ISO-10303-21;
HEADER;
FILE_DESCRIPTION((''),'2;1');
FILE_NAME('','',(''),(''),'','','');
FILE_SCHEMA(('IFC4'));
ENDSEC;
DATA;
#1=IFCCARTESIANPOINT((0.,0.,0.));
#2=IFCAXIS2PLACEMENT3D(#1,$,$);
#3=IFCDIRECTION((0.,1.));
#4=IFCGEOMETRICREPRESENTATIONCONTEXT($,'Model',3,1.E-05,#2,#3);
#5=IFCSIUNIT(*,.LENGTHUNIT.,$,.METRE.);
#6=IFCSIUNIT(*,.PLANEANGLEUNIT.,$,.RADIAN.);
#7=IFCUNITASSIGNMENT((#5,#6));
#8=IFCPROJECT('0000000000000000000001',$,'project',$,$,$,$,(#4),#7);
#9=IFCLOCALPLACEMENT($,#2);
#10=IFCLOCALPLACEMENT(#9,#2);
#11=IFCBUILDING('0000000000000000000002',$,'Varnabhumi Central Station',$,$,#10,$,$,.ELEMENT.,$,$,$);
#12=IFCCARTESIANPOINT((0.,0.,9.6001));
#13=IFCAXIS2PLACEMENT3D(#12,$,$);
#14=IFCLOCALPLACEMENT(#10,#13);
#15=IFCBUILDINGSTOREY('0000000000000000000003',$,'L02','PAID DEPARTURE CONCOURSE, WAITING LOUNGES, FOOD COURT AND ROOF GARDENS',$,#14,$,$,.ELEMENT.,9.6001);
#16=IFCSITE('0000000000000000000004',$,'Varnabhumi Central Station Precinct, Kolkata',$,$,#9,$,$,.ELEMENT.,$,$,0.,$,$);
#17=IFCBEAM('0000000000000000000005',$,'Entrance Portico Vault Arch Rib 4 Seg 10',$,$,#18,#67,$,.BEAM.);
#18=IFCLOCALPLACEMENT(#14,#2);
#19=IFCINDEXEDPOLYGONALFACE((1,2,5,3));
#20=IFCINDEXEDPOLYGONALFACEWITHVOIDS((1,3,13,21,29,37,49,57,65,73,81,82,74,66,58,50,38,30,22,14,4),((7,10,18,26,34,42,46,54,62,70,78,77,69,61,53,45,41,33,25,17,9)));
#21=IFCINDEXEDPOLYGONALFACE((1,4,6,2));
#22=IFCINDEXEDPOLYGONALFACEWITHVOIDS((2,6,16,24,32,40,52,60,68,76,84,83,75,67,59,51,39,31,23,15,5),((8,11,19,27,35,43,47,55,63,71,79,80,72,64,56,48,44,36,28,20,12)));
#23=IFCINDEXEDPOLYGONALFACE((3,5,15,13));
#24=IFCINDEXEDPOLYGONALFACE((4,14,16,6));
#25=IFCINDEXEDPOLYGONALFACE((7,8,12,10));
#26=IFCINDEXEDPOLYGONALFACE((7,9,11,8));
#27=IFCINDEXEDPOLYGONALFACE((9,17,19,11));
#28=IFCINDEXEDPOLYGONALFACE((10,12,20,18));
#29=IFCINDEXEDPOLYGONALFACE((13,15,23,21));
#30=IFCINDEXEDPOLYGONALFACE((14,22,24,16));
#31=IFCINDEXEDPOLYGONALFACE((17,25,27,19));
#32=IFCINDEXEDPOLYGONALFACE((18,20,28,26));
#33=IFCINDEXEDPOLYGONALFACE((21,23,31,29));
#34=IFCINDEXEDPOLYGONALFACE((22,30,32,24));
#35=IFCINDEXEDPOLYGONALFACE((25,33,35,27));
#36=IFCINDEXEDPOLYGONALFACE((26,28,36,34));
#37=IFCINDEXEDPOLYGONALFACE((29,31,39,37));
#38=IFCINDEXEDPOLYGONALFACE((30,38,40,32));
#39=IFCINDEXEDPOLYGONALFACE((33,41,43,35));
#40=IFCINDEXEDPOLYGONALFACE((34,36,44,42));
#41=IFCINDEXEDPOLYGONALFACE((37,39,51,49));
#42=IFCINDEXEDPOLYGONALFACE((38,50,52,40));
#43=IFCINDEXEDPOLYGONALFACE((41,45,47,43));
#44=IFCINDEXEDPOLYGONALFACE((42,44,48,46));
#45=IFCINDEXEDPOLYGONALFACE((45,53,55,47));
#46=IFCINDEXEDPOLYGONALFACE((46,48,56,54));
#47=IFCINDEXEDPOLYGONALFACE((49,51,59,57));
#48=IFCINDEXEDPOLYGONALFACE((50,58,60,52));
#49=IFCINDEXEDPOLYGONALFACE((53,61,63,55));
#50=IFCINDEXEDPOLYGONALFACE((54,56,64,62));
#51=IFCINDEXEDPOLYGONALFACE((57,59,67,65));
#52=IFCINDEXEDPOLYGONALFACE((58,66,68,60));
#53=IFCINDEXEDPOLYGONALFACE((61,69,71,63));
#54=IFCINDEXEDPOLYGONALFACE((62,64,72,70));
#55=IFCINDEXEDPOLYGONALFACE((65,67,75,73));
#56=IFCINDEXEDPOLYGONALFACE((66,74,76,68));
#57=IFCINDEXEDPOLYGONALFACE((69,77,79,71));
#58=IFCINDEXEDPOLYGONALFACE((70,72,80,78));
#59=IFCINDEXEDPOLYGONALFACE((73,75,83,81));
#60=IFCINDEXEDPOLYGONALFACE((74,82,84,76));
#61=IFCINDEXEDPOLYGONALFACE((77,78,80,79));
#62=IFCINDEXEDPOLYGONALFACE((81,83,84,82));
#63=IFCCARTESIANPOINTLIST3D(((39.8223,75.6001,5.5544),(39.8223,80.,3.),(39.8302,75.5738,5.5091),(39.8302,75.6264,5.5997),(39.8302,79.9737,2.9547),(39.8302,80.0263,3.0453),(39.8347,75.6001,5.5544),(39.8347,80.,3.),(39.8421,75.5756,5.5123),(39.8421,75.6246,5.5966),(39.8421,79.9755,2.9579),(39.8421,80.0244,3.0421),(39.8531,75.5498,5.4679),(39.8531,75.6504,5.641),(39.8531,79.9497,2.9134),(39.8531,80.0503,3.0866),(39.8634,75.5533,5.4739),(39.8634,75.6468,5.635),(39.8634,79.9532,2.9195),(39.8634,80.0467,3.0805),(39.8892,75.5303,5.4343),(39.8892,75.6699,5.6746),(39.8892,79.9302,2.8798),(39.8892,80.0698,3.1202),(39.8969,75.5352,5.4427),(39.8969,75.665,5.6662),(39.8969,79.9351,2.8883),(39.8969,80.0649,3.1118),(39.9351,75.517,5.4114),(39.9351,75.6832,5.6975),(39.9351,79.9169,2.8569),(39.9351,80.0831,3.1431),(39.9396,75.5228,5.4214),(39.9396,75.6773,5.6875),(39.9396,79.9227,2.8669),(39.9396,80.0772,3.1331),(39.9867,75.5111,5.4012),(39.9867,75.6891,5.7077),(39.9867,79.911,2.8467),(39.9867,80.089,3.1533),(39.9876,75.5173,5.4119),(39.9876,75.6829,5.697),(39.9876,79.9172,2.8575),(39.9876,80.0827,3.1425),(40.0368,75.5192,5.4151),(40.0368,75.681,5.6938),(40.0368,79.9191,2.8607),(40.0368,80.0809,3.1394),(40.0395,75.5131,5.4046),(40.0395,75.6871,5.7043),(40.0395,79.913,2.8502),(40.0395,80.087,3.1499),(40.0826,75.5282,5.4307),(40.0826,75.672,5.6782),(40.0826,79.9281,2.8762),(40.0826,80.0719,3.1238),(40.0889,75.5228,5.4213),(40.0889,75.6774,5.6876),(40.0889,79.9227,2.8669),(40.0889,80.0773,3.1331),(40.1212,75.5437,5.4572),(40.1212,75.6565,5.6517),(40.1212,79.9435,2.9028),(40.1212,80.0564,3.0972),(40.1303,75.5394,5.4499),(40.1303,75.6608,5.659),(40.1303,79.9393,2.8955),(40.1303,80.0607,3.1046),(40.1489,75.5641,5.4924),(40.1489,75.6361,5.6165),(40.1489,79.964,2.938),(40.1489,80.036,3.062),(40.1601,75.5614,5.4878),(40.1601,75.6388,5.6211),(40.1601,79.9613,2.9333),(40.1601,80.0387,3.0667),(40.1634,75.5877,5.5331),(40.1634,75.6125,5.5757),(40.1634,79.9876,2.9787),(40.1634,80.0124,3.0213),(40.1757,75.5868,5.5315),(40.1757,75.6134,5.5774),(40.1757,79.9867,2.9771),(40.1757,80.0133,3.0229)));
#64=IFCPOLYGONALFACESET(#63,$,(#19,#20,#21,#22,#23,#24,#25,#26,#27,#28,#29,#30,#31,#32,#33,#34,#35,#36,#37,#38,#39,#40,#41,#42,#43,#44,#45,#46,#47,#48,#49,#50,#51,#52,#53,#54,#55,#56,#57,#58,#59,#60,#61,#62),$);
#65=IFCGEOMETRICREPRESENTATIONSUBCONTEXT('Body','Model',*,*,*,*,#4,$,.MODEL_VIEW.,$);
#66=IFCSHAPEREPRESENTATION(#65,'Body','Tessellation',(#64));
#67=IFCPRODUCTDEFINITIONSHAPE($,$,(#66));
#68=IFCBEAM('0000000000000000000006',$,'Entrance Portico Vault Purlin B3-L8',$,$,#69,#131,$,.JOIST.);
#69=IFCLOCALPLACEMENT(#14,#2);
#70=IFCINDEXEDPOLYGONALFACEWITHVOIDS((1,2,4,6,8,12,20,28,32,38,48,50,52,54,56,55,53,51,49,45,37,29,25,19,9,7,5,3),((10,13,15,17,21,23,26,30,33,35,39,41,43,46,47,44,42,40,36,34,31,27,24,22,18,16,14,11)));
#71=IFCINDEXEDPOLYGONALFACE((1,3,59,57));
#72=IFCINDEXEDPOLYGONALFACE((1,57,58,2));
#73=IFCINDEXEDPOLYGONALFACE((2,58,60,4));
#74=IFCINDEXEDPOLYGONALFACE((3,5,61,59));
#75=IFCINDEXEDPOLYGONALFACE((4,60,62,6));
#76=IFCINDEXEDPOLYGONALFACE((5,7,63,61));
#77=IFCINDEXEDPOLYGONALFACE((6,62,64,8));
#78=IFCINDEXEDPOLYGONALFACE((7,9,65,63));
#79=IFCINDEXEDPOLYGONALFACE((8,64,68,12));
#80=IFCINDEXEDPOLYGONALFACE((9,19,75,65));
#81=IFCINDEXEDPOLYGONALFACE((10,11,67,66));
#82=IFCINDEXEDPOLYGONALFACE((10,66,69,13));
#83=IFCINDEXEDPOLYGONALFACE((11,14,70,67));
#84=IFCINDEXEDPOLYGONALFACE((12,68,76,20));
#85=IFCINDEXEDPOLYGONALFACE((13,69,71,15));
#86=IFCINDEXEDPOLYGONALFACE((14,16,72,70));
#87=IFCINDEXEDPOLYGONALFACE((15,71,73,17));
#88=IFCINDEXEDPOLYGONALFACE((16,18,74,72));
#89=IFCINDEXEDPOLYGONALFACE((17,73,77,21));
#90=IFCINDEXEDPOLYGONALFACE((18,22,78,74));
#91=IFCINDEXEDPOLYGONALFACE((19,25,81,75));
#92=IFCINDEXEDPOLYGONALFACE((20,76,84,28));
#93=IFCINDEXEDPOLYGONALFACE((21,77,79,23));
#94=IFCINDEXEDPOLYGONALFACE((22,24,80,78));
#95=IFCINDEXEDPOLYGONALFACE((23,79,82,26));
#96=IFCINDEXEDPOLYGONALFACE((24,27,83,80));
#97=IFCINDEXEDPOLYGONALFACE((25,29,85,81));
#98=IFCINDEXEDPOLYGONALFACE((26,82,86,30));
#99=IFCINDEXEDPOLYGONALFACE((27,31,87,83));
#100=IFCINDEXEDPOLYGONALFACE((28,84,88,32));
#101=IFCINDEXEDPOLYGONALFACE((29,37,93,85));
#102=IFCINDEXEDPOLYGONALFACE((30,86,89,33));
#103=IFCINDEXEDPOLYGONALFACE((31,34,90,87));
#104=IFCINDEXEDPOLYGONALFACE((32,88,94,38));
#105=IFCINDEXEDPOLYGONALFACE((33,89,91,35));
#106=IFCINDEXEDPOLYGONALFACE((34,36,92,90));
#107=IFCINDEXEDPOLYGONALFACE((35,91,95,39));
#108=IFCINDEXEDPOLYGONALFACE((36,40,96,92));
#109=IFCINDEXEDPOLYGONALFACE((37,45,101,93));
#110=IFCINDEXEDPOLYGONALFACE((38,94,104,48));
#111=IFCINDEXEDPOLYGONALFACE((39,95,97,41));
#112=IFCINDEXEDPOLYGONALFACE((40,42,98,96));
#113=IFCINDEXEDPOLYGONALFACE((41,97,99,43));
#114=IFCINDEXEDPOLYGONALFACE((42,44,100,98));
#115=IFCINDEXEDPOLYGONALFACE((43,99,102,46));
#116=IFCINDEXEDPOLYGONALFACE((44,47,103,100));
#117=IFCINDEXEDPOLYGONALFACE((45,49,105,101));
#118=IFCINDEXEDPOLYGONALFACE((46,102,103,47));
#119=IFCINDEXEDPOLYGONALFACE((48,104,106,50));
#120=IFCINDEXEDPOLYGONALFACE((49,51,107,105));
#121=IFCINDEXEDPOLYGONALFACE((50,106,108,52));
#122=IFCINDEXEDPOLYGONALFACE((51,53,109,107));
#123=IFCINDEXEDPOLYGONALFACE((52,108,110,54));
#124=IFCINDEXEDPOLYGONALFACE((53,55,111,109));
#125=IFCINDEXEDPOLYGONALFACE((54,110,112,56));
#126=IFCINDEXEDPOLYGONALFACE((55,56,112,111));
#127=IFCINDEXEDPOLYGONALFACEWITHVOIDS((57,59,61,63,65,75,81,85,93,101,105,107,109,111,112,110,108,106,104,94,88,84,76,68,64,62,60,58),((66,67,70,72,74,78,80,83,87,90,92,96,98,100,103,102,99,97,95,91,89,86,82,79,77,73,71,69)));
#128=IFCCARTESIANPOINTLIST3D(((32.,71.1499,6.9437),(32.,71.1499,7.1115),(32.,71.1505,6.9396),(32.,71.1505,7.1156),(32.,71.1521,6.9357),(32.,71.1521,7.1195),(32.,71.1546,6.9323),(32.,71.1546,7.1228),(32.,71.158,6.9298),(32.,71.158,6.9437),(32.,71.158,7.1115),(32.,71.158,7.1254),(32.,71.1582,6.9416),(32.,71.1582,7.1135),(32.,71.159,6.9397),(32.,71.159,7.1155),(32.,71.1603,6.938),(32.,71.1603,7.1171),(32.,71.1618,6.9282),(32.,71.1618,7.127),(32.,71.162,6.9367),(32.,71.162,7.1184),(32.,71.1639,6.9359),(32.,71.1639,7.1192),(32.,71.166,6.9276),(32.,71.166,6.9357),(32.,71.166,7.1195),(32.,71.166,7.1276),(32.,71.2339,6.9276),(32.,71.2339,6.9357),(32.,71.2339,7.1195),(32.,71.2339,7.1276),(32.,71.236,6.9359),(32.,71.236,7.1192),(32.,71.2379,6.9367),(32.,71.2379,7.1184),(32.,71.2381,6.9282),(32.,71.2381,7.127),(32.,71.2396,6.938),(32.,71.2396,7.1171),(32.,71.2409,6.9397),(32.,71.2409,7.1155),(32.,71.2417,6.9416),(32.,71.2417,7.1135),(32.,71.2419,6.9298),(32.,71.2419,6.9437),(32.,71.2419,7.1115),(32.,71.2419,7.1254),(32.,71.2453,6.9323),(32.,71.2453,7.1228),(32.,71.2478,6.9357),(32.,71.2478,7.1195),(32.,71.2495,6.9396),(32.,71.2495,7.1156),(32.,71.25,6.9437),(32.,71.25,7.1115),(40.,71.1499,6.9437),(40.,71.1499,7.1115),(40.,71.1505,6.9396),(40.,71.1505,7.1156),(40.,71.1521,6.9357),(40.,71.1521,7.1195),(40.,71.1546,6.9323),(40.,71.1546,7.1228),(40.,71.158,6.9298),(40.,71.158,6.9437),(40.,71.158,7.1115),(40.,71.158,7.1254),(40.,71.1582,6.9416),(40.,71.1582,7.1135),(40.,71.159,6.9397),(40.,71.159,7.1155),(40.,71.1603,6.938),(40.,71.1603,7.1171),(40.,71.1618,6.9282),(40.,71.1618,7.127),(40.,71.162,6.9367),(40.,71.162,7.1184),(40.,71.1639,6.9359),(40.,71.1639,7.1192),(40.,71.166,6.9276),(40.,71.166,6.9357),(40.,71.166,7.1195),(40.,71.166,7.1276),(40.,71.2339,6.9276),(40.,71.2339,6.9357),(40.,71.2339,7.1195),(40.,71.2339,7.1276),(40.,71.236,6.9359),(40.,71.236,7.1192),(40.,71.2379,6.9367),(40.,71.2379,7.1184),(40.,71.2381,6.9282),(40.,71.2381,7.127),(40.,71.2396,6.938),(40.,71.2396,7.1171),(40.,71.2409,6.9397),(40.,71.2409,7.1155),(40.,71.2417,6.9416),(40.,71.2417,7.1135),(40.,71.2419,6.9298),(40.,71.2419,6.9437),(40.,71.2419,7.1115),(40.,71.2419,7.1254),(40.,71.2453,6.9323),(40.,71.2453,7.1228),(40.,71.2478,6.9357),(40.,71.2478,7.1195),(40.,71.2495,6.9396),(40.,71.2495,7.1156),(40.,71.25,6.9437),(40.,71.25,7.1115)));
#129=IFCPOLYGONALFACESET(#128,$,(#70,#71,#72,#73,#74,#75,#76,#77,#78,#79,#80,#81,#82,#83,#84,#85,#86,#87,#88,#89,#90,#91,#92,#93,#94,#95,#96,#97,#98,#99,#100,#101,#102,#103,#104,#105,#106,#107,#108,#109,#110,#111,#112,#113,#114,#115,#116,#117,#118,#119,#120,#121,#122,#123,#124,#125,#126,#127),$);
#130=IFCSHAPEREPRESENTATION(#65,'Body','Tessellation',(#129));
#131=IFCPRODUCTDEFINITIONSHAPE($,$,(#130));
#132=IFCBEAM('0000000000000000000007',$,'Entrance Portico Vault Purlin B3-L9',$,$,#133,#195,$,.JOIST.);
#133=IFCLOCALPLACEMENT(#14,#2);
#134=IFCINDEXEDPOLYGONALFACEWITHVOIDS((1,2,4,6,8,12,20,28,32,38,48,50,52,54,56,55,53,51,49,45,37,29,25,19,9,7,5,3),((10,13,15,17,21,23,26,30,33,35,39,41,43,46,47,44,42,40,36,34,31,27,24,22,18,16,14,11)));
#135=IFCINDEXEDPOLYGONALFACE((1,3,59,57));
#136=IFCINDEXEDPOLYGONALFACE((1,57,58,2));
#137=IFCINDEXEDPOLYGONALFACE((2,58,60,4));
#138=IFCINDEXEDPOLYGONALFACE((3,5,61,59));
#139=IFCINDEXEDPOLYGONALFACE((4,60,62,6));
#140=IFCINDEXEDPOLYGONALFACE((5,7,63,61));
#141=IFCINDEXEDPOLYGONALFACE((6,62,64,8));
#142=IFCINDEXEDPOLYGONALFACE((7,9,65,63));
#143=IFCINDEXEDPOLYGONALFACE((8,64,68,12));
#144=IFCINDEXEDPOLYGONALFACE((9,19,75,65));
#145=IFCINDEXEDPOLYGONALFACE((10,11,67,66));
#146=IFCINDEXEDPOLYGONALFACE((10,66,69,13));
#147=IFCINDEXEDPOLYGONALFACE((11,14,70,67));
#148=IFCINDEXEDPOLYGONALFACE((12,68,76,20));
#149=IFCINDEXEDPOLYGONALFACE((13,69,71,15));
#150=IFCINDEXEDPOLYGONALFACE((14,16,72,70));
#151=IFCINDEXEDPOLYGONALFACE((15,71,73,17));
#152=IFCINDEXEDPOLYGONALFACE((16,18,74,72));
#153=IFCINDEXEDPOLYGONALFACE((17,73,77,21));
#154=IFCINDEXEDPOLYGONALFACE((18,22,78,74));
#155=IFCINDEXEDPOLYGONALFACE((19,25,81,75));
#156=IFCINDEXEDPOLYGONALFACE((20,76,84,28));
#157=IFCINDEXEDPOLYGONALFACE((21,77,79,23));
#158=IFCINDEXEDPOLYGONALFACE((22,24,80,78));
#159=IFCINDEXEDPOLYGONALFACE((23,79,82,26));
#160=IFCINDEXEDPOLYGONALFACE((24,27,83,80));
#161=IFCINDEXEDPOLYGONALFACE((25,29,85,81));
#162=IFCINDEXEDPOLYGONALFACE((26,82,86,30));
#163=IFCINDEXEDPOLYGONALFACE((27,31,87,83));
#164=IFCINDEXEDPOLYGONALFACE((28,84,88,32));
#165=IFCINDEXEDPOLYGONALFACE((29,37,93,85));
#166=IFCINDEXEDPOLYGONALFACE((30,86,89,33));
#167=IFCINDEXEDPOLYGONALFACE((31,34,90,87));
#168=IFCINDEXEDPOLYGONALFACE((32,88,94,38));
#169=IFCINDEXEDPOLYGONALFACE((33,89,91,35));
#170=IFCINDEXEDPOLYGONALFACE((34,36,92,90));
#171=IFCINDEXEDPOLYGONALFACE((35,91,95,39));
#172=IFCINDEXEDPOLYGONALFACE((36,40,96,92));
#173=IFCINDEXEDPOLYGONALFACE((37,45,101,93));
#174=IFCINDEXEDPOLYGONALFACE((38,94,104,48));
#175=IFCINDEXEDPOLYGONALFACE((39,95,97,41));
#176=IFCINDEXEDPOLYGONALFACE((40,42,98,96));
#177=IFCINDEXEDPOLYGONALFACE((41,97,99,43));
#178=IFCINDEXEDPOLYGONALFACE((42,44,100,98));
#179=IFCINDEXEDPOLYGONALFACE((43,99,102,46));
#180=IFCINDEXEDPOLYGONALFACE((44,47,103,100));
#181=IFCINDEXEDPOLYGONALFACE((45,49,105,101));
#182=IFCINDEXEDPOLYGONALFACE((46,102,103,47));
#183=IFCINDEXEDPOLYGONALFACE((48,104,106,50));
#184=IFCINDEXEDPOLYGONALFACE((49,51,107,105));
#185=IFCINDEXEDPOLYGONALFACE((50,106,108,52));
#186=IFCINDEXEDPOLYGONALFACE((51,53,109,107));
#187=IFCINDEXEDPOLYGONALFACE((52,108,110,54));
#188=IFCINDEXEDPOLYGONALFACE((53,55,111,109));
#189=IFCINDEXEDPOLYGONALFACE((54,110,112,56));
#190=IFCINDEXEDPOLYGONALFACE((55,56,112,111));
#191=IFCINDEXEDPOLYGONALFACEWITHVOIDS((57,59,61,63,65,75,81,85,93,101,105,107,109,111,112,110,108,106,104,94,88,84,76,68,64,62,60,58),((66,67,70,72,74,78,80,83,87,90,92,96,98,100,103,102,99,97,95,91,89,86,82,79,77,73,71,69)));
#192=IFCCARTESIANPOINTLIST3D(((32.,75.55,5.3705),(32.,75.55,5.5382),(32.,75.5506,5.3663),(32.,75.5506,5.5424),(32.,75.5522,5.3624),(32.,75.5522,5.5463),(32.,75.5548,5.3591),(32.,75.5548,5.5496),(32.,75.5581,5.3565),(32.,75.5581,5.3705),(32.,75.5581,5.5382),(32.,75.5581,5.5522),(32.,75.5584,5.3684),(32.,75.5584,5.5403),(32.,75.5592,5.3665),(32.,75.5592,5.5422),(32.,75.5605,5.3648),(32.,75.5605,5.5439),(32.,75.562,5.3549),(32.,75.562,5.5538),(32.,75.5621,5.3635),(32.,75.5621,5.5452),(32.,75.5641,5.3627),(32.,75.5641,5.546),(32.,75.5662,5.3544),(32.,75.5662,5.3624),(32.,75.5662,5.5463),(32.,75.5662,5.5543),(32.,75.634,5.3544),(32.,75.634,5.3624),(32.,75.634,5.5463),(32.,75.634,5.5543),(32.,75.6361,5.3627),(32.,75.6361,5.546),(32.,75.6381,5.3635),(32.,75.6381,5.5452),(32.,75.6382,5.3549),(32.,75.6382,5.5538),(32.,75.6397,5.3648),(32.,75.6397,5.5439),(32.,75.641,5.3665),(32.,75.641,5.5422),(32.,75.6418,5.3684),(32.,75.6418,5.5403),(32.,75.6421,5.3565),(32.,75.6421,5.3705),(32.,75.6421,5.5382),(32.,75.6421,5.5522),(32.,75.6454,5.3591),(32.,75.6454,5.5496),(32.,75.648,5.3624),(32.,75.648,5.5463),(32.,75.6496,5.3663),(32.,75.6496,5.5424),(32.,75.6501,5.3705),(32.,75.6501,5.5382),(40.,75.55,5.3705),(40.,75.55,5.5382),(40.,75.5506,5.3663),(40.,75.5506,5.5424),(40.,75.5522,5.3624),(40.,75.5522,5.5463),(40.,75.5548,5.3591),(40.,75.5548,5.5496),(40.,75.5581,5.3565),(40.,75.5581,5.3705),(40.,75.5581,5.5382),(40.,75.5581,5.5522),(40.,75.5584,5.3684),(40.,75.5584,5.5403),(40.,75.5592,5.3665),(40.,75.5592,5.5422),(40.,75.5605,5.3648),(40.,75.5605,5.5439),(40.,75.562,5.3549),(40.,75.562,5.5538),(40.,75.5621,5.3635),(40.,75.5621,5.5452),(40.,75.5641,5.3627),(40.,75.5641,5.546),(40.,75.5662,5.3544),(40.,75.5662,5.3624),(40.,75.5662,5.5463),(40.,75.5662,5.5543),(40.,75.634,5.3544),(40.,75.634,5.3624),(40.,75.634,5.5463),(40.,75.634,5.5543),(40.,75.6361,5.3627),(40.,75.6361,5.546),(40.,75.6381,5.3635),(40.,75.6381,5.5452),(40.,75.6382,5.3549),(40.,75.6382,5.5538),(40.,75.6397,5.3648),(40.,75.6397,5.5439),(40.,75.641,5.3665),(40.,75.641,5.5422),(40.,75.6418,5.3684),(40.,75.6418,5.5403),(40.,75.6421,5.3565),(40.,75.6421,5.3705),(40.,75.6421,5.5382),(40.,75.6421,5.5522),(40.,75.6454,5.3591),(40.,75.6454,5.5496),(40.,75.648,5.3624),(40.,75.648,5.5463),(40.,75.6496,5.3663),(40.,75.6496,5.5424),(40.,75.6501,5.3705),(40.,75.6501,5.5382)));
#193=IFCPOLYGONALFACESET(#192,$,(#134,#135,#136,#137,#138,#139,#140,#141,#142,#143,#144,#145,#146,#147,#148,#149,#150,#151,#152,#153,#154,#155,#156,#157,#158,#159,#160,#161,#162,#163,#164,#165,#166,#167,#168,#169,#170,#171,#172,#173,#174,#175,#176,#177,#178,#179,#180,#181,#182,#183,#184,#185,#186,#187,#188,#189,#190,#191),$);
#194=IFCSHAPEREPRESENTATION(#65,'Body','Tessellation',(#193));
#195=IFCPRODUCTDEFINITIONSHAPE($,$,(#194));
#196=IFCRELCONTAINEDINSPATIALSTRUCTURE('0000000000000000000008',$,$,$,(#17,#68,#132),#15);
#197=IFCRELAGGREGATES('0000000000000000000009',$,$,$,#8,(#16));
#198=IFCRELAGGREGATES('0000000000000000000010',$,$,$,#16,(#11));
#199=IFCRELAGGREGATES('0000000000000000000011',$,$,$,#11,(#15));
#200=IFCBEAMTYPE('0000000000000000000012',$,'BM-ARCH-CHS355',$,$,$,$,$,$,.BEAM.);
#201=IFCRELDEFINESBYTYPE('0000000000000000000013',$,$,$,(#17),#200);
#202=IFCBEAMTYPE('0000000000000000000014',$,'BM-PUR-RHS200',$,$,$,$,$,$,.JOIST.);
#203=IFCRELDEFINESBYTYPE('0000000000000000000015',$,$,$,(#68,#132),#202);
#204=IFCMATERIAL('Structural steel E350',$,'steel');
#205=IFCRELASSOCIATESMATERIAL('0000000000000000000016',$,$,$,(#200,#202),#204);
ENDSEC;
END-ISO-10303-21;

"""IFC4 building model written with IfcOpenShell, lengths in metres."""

from ifc_helpers import new_model, si_unit, direction, frame, origin, origin_2d, place, context, subcontext, project, spatial, hollow_rectangle, hollow_circle, extrude, material, material_profile, profile_set, type_object, element, save


model = new_model("IFC4")

# Units and contexts
model_context = context("Model", 3, precision=1e-05, world=origin(), true_north=direction((0.0, 1.0)))
body_context = subcontext(model_context, "Body", "Model", "MODEL_VIEW")
ifc_project = project(units=[si_unit("LENGTHUNIT", "METRE"), si_unit("PLANEANGLEUNIT", "RADIAN")], contexts=[model_context])

# Site, building, storey
site_placement = place(None, origin())
site = spatial("IfcSite", under=ifc_project, at=site_placement, Name="Varnabhumi Central Station Precinct, Kolkata", CompositionType="ELEMENT", RefElevation=0.0)
building_placement = place(site_placement, origin())
building = spatial("IfcBuilding", under=site, at=building_placement, Name="Varnabhumi Central Station", CompositionType="ELEMENT")
storey_placement = place(building_placement, frame((0.0, 0.0, 9.6001)))
storey = spatial("IfcBuildingStorey", under=building, at=storey_placement, Name="L02", Description="PAID DEPARTURE CONCOURSE, WAITING LOUNGES, FOOD COURT AND ROOF GARDENS", CompositionType="ELEMENT", Elevation=9.6001)

# Beams
ifc_material_1 = material(Name="Structural steel E350", Category="steel")
ifc_material_profile_1 = material_profile(ifc_material_1, hollow_circle(Radius=0.1777, WallThickness=0.0125, at=origin_2d()), Name="Structural steel E350", Category="steel")
ifc_profile_set_1 = profile_set([ifc_material_profile_1], Name="Structural steel E350")
beam_type_1 = type_object("IfcBeamType", Name="BM-ARCH-CHS355", PredefinedType="BEAM", material=ifc_profile_set_1)
beam_1_placement = place(storey_placement, frame((40.0, 75.6001, 5.5544), z_axis=(0.0, 0.864818, -0.502086), x_axis=(-1.0, 0.0, 0.0)))
element("IfcBeam", 1, at=beam_1_placement, inside=storey, type_object=beam_type_1, Name="Entrance Portico Vault Arch Rib 4 Seg 10", PredefinedType="BEAM", context=body_context, shape_type="SweptSolid", body=[
    extrude(hollow_circle(Radius=0.1777, WallThickness=0.0125, at=origin_2d()), origin(), (0.0, 0.0, 1.0), 5.0876),
])
ifc_material_profile_2 = material_profile(ifc_material_1, hollow_rectangle(XDim=0.1001, YDim=0.2, WallThickness=0.0081, InnerFilletRadius=0.0081, OuterFilletRadius=0.0161, at=origin_2d()), Name="Structural steel E350", Category="steel")
ifc_profile_set_2 = profile_set([ifc_material_profile_2], Name="Structural steel E350")
beam_type_2 = type_object("IfcBeamType", Name="BM-PUR-RHS200", PredefinedType="JOIST", material=ifc_profile_set_2)
for number, where, z_axis, x_axis, name in (
    (2, (32.0, 71.2, 7.0276), (1.0, 0.0, 0.0), (0.0, 1.0, 0.0), "Entrance Portico Vault Purlin B3-L8"),
    (3, (32.0, 75.6001, 5.4543), (1.0, 0.0, 0.0), (0.0, 1.0, 0.0), "Entrance Portico Vault Purlin B3-L9"),
):
    element("IfcBeam", number, at=place(storey_placement, frame(where, z_axis=z_axis, x_axis=x_axis)), inside=storey, type_object=beam_type_2, Name=name, PredefinedType="JOIST", context=body_context, shape_type="SweptSolid", body=[
        extrude(hollow_rectangle(XDim=0.1001, YDim=0.2, WallThickness=0.0081, InnerFilletRadius=0.0081, OuterFilletRadius=0.0161, at=origin_2d()), origin(), (0.0, 0.0, 1.0), 8.0),
    ])

save(model, "model.ifc")
